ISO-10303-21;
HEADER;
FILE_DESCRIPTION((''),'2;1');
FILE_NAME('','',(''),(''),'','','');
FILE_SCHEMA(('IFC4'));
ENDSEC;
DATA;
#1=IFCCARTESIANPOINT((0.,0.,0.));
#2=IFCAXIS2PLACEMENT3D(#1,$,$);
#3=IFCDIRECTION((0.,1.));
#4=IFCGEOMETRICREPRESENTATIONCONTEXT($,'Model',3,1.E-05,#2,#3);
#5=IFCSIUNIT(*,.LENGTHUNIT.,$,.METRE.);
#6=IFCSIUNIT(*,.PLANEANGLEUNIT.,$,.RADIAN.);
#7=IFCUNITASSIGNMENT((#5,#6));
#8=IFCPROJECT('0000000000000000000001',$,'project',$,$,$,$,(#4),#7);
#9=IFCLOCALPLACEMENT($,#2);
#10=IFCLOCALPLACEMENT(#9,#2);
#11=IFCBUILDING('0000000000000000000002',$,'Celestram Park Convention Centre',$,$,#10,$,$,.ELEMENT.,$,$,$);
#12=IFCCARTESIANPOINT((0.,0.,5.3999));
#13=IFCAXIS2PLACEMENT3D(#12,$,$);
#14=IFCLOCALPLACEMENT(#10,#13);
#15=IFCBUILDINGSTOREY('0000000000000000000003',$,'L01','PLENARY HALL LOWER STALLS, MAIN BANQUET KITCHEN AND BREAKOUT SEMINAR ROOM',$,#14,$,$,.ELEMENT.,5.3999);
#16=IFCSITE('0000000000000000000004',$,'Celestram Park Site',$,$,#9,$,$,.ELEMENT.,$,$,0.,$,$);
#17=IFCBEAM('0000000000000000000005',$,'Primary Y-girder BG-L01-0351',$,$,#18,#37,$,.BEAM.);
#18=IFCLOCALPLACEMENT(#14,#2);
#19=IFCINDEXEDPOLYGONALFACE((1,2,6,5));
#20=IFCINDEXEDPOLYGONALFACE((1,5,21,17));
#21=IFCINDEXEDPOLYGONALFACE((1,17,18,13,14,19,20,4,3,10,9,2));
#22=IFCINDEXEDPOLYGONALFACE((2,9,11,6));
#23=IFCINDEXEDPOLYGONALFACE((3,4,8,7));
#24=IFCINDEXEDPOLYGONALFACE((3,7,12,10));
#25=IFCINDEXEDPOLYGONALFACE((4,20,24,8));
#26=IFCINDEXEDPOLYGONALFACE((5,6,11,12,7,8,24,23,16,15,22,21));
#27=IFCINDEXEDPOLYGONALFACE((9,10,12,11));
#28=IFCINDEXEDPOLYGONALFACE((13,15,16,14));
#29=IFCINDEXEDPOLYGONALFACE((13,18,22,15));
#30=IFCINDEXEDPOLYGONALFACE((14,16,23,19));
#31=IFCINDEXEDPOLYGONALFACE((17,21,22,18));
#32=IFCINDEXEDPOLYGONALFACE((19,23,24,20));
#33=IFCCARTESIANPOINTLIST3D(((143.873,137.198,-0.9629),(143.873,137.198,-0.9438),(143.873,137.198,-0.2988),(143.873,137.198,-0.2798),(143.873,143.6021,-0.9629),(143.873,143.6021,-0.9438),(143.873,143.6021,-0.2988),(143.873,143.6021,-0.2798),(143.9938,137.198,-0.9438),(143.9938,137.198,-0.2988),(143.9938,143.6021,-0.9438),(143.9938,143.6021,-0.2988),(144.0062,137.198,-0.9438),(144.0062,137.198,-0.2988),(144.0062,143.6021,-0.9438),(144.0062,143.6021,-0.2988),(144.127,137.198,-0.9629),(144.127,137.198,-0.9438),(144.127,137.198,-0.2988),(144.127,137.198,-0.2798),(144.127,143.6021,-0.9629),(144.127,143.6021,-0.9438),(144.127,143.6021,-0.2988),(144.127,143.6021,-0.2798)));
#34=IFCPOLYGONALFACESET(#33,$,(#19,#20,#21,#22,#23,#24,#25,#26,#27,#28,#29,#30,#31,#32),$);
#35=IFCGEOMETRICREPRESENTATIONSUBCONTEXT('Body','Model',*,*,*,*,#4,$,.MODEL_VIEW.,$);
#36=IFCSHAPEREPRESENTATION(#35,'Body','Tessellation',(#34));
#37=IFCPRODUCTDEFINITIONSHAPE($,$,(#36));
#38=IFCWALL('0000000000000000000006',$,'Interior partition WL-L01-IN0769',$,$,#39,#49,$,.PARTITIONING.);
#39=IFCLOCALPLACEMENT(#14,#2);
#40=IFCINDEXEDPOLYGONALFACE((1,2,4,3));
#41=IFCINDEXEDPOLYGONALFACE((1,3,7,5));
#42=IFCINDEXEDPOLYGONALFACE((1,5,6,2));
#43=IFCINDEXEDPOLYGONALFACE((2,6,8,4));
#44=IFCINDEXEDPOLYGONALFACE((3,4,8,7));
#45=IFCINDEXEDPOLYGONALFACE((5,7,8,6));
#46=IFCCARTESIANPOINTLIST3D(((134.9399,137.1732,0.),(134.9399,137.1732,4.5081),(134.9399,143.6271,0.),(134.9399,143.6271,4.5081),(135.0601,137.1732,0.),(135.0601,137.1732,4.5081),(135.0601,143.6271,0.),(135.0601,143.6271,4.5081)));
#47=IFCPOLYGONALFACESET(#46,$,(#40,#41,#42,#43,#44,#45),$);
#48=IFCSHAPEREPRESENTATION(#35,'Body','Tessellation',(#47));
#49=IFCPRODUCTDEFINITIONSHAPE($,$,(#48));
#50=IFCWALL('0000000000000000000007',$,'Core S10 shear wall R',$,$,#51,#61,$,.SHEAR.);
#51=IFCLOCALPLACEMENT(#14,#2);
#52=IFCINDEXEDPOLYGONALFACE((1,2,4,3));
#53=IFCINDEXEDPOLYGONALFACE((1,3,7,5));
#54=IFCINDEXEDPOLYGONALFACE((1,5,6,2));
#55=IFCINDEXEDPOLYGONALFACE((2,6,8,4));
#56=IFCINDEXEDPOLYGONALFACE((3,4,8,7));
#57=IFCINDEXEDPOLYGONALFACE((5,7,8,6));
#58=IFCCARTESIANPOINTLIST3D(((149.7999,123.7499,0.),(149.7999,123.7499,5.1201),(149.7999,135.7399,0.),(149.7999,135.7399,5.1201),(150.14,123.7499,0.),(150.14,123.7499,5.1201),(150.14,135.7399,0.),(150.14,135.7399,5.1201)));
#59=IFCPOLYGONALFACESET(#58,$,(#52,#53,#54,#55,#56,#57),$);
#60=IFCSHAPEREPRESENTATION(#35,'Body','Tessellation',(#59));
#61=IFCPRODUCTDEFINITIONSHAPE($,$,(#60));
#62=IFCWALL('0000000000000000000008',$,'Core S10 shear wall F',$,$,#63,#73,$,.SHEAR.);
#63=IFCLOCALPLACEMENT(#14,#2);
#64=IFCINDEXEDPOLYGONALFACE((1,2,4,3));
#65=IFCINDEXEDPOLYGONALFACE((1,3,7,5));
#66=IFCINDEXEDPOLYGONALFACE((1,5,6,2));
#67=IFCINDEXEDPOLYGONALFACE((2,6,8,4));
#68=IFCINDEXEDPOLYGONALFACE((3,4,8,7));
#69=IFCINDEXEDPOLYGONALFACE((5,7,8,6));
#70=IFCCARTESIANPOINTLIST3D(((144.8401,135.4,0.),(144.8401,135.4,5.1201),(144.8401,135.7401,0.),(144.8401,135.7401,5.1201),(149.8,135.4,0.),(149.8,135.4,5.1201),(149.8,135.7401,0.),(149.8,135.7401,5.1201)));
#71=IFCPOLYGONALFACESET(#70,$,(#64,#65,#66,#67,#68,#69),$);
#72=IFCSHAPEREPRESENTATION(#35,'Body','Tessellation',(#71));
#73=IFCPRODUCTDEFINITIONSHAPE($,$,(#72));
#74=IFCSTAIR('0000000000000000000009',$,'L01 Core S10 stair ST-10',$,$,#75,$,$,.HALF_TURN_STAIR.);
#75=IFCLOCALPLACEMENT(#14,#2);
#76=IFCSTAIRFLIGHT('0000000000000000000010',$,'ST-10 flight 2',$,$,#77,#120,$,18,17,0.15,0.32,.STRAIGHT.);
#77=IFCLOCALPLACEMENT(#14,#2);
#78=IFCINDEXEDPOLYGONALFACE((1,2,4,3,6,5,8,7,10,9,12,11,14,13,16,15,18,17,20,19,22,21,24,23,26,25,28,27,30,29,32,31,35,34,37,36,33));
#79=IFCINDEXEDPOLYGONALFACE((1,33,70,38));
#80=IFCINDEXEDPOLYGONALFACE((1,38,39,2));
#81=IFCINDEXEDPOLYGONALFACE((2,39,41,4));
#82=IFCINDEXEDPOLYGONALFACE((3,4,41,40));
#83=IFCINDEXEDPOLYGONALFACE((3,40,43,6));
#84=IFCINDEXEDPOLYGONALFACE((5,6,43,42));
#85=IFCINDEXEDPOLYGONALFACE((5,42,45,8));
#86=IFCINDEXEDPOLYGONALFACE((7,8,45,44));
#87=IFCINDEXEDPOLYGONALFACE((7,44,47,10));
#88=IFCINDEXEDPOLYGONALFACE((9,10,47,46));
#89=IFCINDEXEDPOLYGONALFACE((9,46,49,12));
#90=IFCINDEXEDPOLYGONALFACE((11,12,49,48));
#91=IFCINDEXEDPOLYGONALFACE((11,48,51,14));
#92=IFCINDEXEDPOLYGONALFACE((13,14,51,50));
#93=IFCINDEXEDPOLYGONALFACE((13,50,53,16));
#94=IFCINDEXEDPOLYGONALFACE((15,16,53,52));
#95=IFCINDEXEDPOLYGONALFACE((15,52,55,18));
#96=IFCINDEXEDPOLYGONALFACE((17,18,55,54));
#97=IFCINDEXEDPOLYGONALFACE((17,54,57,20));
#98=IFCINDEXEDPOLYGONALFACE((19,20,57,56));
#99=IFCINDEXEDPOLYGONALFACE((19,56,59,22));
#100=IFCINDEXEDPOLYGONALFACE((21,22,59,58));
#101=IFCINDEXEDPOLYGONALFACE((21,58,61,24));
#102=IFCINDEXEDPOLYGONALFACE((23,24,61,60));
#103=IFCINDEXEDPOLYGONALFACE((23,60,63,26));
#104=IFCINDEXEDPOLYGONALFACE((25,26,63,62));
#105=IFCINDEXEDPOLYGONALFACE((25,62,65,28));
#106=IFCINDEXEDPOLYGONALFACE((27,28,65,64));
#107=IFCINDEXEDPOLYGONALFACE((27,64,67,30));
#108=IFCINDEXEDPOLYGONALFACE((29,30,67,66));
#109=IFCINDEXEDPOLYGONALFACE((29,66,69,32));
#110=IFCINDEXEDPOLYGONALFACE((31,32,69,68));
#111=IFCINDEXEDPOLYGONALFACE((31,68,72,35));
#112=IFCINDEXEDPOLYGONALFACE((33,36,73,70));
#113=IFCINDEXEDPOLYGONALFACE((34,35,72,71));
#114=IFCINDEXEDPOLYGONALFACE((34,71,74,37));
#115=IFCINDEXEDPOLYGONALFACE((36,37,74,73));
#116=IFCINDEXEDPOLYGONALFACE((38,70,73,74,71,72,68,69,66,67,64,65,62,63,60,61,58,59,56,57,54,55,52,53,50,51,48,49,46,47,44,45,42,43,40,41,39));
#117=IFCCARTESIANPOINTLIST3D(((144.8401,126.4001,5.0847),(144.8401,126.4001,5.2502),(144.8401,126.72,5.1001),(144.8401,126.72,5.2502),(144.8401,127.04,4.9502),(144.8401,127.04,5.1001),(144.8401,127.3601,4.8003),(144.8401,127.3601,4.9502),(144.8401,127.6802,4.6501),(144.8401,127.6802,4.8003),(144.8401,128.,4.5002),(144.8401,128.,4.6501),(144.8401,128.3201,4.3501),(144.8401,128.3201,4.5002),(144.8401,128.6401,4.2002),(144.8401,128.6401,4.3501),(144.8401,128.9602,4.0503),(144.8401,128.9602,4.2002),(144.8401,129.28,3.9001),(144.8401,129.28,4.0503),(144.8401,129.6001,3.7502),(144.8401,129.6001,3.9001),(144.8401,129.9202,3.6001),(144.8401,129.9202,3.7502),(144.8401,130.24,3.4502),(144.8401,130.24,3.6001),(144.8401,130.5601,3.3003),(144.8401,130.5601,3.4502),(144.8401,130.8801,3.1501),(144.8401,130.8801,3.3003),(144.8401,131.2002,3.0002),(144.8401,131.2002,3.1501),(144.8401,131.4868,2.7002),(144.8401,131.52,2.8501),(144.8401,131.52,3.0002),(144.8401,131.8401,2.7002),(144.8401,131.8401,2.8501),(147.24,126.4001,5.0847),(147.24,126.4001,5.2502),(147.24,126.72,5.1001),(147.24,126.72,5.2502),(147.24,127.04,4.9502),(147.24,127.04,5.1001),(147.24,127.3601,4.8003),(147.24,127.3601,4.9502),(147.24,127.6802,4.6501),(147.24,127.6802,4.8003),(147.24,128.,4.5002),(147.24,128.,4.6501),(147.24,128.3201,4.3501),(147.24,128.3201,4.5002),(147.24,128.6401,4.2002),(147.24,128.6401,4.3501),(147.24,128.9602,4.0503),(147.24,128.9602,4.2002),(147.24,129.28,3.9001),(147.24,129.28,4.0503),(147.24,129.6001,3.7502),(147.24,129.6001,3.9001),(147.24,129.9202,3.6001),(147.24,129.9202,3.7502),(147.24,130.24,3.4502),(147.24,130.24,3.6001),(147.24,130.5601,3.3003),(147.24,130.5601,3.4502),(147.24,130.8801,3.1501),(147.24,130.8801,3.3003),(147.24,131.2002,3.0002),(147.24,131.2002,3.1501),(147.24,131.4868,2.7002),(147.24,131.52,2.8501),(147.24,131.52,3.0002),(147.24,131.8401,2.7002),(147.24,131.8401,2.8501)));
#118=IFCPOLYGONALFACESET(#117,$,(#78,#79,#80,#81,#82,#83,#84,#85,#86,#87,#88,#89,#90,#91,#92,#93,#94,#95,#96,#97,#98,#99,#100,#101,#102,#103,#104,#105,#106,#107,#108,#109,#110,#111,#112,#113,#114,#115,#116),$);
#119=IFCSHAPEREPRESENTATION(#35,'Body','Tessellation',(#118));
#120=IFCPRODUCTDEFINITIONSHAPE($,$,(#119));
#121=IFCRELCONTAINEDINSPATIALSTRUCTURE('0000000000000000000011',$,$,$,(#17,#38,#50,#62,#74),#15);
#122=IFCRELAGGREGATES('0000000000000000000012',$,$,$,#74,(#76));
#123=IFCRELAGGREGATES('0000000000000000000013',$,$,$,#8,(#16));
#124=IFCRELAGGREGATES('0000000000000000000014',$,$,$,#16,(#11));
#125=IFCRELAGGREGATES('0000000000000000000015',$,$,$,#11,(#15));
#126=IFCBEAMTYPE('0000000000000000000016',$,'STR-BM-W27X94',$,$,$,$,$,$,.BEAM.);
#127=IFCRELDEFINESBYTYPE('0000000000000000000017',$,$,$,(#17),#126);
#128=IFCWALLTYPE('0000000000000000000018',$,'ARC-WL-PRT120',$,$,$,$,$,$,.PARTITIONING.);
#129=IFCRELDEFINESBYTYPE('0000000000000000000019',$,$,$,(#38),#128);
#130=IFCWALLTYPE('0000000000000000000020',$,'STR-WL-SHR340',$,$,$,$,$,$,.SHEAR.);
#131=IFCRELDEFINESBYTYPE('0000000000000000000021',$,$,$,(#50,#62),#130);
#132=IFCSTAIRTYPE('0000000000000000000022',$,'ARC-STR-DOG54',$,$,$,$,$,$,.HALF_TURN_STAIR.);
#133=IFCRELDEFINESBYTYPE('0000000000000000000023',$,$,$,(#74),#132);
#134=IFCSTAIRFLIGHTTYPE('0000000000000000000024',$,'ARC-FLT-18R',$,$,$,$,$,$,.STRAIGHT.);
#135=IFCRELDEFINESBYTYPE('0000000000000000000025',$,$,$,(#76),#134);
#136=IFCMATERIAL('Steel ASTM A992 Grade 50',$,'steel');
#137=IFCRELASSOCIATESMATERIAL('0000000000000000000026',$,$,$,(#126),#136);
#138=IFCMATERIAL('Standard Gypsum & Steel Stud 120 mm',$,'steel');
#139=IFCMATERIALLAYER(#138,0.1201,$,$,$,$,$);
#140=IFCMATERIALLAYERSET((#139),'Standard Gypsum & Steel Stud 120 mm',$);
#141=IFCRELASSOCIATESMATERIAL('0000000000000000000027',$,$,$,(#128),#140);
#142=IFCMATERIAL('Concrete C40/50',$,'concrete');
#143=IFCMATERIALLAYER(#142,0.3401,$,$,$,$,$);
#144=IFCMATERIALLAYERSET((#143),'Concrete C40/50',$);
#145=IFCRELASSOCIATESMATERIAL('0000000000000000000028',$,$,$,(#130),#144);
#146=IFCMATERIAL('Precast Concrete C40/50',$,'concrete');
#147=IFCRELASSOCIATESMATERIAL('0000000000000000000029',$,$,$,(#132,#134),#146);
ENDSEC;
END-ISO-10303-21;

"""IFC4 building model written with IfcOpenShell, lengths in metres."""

from ifc_helpers import new_model, si_unit, direction, frame, frame_2d, origin, origin_2d, place, context, subcontext, project, spatial, polyline, rectangle, i_section, outline, extrude, material, layer, layer_set, material_profile, profile_set, type_object, element, aggregate, save


model = new_model("IFC4")

# Units and contexts
model_context = context("Model", 3, precision=1e-05, world=origin(), true_north=direction((0.0, 1.0)))
body_context = subcontext(model_context, "Body", "Model", "MODEL_VIEW")
ifc_project = project(units=[si_unit("LENGTHUNIT", "METRE"), si_unit("PLANEANGLEUNIT", "RADIAN")], contexts=[model_context])

# Site, building, storey
site_placement = place(None, origin())
site = spatial("IfcSite", under=ifc_project, at=site_placement, Name="Celestram Park Site", CompositionType="ELEMENT", RefElevation=0.0)
building_placement = place(site_placement, origin())
building = spatial("IfcBuilding", under=site, at=building_placement, Name="Celestram Park Convention Centre", CompositionType="ELEMENT")
storey_placement = place(building_placement, frame((0.0, 0.0, 5.3999)))
storey = spatial("IfcBuildingStorey", under=building, at=storey_placement, Name="L01", Description="PLENARY HALL LOWER STALLS, MAIN BANQUET KITCHEN AND BREAKOUT SEMINAR ROOM", CompositionType="ELEMENT", Elevation=5.3999)

# Shared definitions
ifc_material_1 = material(Name="Concrete C40/50", Category="concrete")

# Beam
ifc_material_2 = material(Name="Steel ASTM A992 Grade 50", Category="steel")
ifc_material_profile_1 = material_profile(ifc_material_2, i_section(OverallWidth=0.2539, OverallDepth=0.6831, WebThickness=0.0125, FlangeThickness=0.019, at=origin_2d()), Name="W27X94")
ifc_profile_set_1 = profile_set([ifc_material_profile_1], Name="Steel ASTM A992 Grade 50")
beam_type_1 = type_object("IfcBeamType", Name="STR-BM-W27X94", PredefinedType="BEAM", material=ifc_profile_set_1)
for number, where, z_axis, x_axis, name in (
    (1, (144.0, 137.198, -0.6213), (0.0, 1.0, 0.0), (-1.0, 0.0, 0.0), "Primary Y-girder BG-L01-0351"),
):
    element("IfcBeam", number, at=place(storey_placement, frame(where, z_axis=z_axis, x_axis=x_axis)), inside=storey, type_object=beam_type_1, Name=name, PredefinedType="BEAM", context=body_context, shape_type="SweptSolid", body=[
        extrude(i_section(OverallWidth=0.2539, OverallDepth=0.6831, WebThickness=0.0125, FlangeThickness=0.019, at=origin_2d()), origin(), (0.0, 0.0, 1.0), 6.4041),
    ])

# Walls
ifc_material_3 = material(Name="Standard Gypsum & Steel Stud 120 mm", Category="steel")
ifc_layer_1 = layer(ifc_material_3, 0.1201)
ifc_layer_set_1 = layer_set([ifc_layer_1], Name="Standard Gypsum & Steel Stud 120 mm")
wall_type_1 = type_object("IfcWallType", Name="ARC-WL-PRT120", PredefinedType="PARTITIONING", material=ifc_layer_set_1)
wall_1_placement = place(storey_placement, frame((135.0, 137.1731, 0.0), z_axis=(0.0, 0.0, 1.0), x_axis=(0.0, 1.0, 0.0)))
element("IfcWall", 2, at=wall_1_placement, inside=storey, type_object=wall_type_1, Name="Interior partition WL-L01-IN0769", PredefinedType="PARTITIONING", context=body_context, shape_type="SweptSolid", body=[
    extrude(rectangle(XDim=6.4539, YDim=0.1201, at=frame_2d((3.2271, 0.0))), origin(), (0.0, 0.0, 1.0), 4.5081),
])
ifc_layer_2 = layer(ifc_material_1, 0.3401)
ifc_layer_set_2 = layer_set([ifc_layer_2], Name="Concrete C40/50")
wall_type_2 = type_object("IfcWallType", Name="STR-WL-SHR340", PredefinedType="SHEAR", material=ifc_layer_set_2)
wall_2_placement = place(storey_placement, frame((149.97, 135.74, 0.0), z_axis=(0.0, 0.0, 1.0), x_axis=(0.0, -1.0, 0.0)))
element("IfcWall", 3, at=wall_2_placement, inside=storey, type_object=wall_type_2, Name="Core S10 shear wall R", PredefinedType="SHEAR", context=body_context, shape_type="SweptSolid", body=[
    extrude(rectangle(XDim=11.99, YDim=0.3401, at=frame_2d((5.9951, 0.0))), origin(), (0.0, 0.0, 1.0), 5.1201),
])
wall_3_placement = place(storey_placement, frame((144.8401, 135.5701, 0.0), z_axis=(0.0, 0.0, 1.0), x_axis=(1.0, 0.0, 0.0)))
element("IfcWall", 4, at=wall_3_placement, inside=storey, type_object=wall_type_2, Name="Core S10 shear wall F", PredefinedType="SHEAR", context=body_context, shape_type="SweptSolid", body=[
    extrude(rectangle(XDim=4.96, YDim=0.3401, at=frame_2d((2.48, 0.0))), origin(), (0.0, 0.0, 1.0), 5.1201),
])

# Stair, stair flight
ifc_material_4 = material(Name="Precast Concrete C40/50", Category="concrete")
stair_type = type_object("IfcStairType", Name="ARC-STR-DOG54", PredefinedType="HALF_TURN_STAIR", material=ifc_material_4)
stair_placement = place(storey_placement, origin())
stair = element("IfcStair", 5, at=stair_placement, inside=storey, type_object=stair_type, Name="L01 Core S10 stair ST-10", PredefinedType="HALF_TURN_STAIR")
stair_flight_type = type_object("IfcStairFlightType", Name="ARC-FLT-18R", PredefinedType="STRAIGHT", material=ifc_material_4)
stair_flight_placement = place(storey_placement, frame((146.04, 131.8401, 2.7002), z_axis=(0.0, 0.0, 1.0), x_axis=(0.0, -1.0, 0.0)))
stair_flight = element("IfcStairFlight", 6, at=stair_flight_placement, type_object=stair_flight_type, Name="ST-10 flight 2", NumberOfRisers=18, NumberOfTreads=17, PredefinedType="STRAIGHT", RiserHeight=0.15, TreadLength=0.32, context=body_context, shape_type="SweptSolid", body=[
    extrude(outline(polyline([(0.0, 0.0), (0.0, 0.1499), (0.3201, 0.1499), (0.3201, 0.3), (0.6399, 0.3), (0.6399, 0.45), (0.96, 0.45), (0.96, 0.6001), (1.28, 0.6001), (1.28, 0.75), (1.6001, 0.75), (1.6001, 0.8999), (1.9199, 0.8999), (1.9199, 1.05), (2.24, 1.05), (2.24, 1.2), (2.5601, 1.2), (2.5601, 1.3501), (2.8799, 1.3501), (2.8799, 1.5), (3.2, 1.5), (3.2, 1.6499), (3.52, 1.6499), (3.52, 1.8), (3.8401, 1.8), (3.8401, 1.95), (4.1599, 1.95), (4.1599, 2.1001), (4.48, 2.1001), (4.48, 2.25), (4.8, 2.25), (4.8, 2.3999), (5.1201, 2.3999), (5.1201, 2.55), (5.4399, 2.55), (5.4399, 2.7), (5.4399, 2.3845), (0.3533, 0.0), (0.0, 0.0)])), frame((0.0, 1.2, 0.0), z_axis=(0.0, -1.0, 0.0), x_axis=(1.0, 0.0, 0.0)), (0.0, 0.0, 1.0), 2.3999),
])
aggregate(stair, [stair_flight])

save(model, "model.ifc")
